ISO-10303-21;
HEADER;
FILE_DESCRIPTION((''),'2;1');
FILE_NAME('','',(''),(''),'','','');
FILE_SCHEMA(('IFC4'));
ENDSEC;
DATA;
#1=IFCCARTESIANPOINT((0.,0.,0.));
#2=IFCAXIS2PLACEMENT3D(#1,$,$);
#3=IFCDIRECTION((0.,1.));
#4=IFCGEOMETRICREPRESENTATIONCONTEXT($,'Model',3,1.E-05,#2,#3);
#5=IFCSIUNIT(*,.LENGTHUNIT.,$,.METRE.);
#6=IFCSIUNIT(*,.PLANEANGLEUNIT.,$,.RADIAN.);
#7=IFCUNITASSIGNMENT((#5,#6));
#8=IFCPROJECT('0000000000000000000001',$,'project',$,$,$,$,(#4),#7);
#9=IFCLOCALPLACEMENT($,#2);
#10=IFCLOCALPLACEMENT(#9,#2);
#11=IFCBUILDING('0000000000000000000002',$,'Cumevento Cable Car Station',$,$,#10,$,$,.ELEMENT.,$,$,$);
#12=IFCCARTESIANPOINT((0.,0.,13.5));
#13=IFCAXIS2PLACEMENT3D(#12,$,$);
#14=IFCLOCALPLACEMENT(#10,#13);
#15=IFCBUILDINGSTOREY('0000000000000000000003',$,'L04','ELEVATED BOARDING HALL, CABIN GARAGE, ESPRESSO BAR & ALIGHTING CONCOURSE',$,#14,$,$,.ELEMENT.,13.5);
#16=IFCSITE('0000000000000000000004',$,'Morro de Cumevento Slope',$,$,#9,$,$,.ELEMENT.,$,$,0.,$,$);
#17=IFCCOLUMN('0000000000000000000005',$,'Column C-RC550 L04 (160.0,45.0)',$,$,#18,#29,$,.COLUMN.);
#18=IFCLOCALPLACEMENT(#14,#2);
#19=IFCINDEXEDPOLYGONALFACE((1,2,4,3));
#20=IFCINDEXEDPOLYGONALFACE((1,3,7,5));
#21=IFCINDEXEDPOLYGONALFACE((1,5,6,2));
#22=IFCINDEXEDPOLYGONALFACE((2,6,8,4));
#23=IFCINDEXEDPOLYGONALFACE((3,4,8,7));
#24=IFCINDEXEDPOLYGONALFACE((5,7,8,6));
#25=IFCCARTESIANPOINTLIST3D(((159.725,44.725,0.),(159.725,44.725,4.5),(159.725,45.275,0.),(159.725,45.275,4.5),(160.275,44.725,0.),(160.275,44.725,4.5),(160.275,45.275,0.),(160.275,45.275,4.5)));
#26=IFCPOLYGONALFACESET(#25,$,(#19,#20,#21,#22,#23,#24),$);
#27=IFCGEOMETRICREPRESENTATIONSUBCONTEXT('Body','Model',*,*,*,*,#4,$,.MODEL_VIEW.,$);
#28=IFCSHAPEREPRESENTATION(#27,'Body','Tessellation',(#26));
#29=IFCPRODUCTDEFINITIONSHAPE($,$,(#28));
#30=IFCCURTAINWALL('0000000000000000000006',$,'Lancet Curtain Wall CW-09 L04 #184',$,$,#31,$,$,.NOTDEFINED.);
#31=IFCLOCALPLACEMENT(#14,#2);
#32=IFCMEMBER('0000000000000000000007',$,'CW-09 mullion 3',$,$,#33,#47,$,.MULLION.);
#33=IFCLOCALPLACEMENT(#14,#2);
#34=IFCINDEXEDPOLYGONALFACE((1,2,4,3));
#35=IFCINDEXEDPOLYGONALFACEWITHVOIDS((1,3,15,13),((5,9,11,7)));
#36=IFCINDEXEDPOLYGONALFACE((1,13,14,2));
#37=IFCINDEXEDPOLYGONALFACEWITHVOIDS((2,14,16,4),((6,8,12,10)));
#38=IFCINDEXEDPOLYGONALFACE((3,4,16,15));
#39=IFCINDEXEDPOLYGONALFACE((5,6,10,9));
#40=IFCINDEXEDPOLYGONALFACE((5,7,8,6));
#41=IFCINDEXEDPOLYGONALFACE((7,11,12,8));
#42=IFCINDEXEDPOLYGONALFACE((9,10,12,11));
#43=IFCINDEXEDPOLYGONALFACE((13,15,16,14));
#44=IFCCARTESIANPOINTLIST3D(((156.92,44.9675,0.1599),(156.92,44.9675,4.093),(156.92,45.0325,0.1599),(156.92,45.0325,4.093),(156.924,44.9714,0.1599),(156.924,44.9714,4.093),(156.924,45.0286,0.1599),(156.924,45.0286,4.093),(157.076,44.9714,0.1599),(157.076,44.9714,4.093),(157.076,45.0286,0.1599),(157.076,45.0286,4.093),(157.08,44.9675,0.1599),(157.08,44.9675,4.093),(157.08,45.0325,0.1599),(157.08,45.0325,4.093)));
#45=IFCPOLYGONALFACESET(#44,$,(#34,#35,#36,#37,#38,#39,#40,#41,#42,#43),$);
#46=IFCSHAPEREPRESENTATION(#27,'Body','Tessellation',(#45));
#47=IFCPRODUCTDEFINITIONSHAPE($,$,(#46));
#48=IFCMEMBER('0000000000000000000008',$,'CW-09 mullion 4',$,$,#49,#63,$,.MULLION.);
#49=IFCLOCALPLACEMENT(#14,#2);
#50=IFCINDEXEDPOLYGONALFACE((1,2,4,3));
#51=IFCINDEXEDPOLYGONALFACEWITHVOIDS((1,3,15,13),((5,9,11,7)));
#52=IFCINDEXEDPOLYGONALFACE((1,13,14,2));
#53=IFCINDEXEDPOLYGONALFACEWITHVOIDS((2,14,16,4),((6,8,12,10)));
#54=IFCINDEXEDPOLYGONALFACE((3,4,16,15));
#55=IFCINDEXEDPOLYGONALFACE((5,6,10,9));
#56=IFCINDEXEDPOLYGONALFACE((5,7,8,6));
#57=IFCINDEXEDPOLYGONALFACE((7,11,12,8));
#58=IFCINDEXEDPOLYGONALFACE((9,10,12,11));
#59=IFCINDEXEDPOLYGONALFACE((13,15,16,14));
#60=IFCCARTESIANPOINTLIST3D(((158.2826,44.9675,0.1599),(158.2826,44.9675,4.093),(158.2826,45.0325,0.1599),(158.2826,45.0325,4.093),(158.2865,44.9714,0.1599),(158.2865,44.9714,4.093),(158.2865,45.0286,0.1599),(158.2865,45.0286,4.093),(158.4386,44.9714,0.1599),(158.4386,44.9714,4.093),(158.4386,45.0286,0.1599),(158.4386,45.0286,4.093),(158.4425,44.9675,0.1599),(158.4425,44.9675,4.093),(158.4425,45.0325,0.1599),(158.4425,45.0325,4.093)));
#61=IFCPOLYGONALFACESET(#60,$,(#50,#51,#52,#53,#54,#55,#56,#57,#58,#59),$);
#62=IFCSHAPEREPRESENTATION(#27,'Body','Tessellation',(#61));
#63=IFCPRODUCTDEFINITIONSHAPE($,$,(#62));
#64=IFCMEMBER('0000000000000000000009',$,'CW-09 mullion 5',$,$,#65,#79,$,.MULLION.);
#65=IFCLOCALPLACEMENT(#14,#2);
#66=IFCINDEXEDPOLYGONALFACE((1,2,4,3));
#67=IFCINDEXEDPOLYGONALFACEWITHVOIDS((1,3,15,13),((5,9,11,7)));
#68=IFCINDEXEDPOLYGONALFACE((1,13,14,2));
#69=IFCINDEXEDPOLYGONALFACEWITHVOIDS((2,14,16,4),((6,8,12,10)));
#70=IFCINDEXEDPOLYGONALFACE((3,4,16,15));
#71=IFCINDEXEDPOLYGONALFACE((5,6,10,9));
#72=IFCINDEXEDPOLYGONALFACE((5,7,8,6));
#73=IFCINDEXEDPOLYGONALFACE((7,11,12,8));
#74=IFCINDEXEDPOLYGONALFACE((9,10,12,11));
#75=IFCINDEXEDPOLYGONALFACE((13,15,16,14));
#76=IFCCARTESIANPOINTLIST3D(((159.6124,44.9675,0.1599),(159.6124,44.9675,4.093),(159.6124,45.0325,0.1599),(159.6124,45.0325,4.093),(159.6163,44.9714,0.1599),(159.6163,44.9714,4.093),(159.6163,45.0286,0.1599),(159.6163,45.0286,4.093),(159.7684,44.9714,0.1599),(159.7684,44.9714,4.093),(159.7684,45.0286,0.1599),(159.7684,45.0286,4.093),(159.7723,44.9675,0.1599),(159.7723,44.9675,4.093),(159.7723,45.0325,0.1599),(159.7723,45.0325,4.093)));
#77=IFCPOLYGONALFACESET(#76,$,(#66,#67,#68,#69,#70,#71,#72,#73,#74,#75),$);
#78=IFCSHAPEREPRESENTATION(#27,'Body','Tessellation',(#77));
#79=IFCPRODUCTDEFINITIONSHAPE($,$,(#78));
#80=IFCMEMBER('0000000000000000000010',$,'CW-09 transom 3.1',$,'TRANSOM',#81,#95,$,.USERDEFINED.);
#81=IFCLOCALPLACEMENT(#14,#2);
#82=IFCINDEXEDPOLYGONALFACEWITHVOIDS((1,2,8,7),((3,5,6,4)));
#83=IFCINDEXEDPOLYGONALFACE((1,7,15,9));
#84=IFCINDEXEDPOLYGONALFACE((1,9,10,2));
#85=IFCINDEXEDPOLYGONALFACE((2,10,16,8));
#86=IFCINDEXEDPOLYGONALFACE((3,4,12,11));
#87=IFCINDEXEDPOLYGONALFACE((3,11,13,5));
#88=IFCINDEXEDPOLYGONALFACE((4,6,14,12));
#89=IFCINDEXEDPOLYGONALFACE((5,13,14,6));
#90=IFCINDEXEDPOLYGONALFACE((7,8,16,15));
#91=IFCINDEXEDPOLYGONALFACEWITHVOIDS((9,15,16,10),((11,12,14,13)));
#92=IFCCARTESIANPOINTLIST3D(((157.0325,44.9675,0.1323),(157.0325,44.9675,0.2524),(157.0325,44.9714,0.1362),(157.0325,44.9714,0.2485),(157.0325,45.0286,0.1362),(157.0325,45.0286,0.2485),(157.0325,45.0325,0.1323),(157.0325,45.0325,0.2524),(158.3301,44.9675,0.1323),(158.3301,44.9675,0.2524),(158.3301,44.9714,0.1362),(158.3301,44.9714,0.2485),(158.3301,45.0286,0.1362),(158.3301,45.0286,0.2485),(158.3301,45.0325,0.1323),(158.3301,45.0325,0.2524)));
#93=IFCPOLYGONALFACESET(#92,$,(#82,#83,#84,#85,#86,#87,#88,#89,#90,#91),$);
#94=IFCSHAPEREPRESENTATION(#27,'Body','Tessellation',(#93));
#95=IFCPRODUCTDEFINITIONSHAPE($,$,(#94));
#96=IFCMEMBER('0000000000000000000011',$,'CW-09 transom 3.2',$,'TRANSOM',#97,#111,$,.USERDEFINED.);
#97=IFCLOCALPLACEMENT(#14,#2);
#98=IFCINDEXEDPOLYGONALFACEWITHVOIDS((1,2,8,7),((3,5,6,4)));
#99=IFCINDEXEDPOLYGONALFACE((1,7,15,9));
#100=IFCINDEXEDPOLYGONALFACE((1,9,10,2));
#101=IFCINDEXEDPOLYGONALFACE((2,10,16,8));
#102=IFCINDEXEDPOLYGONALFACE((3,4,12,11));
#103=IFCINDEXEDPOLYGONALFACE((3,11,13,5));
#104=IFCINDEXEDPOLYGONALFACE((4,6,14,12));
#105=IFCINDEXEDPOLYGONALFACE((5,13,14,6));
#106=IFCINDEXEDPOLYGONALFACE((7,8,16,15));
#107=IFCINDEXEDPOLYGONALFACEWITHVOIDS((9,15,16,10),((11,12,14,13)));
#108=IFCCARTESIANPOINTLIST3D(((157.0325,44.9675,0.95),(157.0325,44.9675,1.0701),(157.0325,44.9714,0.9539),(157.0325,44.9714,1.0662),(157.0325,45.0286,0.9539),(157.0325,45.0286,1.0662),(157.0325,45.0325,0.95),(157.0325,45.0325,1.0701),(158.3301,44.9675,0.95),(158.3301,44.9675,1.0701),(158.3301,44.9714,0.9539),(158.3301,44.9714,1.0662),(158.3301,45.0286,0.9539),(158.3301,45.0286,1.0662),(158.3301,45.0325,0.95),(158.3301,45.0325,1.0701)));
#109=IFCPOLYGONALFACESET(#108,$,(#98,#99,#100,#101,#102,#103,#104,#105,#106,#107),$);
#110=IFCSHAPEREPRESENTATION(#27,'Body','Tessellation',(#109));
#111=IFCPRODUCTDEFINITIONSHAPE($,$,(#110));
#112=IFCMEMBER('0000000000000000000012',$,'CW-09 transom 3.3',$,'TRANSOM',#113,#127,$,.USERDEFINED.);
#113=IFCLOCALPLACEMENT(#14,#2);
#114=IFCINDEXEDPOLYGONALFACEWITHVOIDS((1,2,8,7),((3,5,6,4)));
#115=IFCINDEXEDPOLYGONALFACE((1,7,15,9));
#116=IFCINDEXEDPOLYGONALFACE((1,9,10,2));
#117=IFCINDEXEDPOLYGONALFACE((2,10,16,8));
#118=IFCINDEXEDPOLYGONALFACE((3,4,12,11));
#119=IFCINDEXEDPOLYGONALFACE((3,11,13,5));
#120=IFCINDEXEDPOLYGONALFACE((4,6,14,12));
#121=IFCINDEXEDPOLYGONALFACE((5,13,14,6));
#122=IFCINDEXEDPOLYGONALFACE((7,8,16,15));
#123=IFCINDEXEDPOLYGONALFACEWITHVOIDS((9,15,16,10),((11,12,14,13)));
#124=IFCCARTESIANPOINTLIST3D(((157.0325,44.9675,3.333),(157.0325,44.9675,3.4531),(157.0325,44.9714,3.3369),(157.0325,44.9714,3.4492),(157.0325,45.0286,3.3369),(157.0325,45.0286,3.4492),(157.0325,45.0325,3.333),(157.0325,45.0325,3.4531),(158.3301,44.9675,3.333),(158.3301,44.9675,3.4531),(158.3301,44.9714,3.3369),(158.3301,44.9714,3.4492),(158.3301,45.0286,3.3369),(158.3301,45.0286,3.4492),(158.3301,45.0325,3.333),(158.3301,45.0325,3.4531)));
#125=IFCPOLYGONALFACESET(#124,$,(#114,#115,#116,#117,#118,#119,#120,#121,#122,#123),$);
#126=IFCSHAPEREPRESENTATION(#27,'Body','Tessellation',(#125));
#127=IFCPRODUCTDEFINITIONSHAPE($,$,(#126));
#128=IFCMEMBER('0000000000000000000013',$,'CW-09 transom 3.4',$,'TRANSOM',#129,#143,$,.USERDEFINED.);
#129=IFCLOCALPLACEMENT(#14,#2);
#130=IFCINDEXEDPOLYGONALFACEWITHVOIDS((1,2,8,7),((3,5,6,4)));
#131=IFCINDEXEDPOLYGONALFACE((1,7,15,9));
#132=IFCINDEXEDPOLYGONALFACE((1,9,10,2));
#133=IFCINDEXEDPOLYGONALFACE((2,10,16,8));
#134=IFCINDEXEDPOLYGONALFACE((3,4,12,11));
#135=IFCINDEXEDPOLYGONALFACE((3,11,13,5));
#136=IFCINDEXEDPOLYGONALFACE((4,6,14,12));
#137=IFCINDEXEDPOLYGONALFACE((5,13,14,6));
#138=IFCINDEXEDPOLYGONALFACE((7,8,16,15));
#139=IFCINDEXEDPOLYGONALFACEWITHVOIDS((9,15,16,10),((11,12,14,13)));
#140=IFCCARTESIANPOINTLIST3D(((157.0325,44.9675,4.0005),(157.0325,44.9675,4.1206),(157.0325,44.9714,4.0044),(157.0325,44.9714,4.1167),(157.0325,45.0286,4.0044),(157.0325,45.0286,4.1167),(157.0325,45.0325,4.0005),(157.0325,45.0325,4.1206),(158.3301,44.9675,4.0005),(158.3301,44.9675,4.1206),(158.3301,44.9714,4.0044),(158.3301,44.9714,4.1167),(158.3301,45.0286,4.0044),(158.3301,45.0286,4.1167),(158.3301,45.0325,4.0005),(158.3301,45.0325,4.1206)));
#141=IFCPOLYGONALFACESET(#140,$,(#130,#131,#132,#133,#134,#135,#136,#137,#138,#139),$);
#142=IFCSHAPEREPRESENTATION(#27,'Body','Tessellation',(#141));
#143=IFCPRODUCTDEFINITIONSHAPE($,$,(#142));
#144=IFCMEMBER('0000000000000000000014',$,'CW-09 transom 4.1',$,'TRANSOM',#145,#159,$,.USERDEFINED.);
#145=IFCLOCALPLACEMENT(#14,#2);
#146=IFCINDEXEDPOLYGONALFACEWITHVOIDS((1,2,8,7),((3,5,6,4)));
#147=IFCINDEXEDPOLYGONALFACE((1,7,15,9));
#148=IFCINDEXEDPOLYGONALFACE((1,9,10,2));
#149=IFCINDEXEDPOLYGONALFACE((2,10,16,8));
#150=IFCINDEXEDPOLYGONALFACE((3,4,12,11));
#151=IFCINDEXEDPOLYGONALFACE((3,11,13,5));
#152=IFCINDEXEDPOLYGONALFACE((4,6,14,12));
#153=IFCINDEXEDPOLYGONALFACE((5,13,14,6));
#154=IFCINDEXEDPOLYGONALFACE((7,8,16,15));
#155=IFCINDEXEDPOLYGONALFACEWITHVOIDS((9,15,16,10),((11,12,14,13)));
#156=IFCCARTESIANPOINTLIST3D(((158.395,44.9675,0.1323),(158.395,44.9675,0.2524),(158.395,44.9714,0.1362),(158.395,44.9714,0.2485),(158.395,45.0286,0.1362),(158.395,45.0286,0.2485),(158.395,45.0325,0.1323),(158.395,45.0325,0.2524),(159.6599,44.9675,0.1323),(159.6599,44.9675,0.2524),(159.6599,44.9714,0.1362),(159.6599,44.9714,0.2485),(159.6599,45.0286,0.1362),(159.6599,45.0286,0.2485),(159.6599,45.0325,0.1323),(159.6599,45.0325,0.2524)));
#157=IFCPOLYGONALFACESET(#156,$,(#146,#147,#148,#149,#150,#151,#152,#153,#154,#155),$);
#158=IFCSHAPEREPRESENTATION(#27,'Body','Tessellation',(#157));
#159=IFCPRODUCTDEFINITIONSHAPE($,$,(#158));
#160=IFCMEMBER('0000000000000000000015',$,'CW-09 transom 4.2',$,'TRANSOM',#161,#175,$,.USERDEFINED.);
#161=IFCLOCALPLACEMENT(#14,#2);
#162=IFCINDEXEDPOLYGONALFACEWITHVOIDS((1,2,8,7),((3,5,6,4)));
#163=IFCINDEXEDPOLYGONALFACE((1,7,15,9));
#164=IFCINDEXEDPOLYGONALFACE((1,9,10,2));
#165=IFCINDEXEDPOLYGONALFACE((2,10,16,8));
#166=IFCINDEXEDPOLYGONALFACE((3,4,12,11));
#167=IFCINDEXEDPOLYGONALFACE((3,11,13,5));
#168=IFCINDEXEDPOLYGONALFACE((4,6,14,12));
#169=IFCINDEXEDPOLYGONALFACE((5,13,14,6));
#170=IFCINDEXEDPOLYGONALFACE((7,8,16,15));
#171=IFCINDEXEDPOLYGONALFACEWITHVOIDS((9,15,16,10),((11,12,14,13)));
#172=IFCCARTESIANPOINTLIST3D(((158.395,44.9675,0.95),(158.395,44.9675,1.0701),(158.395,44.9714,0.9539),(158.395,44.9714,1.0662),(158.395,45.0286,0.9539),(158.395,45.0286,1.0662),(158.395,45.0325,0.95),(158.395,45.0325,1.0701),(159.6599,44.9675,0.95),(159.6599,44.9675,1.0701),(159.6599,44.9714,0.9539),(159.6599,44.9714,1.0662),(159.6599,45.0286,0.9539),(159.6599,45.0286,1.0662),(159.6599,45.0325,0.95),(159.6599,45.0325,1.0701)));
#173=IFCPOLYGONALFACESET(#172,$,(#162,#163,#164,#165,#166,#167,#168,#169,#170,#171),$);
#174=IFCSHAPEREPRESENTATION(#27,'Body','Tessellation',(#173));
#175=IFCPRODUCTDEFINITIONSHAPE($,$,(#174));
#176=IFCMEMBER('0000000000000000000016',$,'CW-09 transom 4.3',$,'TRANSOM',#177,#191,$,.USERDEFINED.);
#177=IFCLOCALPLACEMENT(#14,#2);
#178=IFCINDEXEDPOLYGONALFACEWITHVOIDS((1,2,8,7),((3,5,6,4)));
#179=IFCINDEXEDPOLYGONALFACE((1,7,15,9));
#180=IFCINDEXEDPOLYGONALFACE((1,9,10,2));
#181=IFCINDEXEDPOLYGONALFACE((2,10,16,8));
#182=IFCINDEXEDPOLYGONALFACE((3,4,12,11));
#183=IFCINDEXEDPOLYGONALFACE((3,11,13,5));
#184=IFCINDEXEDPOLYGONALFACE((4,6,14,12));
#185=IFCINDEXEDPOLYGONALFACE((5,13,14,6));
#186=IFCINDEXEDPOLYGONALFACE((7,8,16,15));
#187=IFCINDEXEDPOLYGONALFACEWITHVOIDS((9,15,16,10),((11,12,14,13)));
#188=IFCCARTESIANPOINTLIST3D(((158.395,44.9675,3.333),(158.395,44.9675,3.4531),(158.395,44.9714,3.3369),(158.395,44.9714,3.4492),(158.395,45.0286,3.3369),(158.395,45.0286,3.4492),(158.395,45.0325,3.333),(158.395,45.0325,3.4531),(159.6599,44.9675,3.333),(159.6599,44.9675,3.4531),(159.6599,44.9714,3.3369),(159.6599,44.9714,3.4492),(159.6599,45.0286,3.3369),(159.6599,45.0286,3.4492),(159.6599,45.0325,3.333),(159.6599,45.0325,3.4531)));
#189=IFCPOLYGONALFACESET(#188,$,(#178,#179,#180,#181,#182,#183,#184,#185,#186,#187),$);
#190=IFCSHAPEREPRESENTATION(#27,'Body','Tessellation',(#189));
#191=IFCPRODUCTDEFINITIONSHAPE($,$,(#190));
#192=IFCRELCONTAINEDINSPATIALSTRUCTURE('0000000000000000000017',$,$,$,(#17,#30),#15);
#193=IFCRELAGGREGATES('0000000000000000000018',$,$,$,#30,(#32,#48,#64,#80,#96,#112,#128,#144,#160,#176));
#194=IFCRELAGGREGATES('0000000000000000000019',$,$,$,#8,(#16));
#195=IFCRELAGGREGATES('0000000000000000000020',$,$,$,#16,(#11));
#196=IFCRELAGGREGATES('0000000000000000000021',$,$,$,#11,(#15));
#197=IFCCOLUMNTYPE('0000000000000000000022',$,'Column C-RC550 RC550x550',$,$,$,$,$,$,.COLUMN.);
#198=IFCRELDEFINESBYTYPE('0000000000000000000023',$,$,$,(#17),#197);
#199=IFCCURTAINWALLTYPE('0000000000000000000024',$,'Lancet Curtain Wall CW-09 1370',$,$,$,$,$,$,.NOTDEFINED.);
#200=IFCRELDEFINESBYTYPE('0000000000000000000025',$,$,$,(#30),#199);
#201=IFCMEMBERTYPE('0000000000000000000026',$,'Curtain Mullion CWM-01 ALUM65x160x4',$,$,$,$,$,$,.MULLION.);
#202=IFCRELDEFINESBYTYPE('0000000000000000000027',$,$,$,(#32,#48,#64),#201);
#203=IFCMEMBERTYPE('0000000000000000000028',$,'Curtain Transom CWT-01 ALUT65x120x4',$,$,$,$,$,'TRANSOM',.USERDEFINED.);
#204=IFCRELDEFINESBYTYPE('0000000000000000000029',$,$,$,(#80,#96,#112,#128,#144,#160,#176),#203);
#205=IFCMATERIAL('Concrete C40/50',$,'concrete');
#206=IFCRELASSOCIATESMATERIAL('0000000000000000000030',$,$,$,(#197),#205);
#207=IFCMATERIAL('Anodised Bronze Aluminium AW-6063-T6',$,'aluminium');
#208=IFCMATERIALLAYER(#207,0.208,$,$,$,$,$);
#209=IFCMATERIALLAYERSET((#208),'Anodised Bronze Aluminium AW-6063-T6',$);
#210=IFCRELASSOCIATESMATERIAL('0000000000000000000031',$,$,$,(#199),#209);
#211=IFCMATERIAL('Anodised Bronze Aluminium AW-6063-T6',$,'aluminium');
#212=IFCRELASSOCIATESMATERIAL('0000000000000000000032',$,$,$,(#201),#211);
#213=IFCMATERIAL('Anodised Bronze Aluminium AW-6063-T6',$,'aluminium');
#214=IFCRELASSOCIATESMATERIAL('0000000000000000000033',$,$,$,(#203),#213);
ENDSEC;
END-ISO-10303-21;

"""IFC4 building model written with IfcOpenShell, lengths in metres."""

from ifc_helpers import new_model, si_unit, direction, frame, origin, origin_2d, place, context, subcontext, project, spatial, rectangle, hollow_rectangle, extrude, material, layer, layer_set, material_profile, profile_set, type_object, element, aggregate, save


model = new_model("IFC4")

# Units and contexts
model_context = context("Model", 3, precision=1e-05, world=origin(), true_north=direction((0.0, 1.0)))
body_context = subcontext(model_context, "Body", "Model", "MODEL_VIEW")
ifc_project = project(units=[si_unit("LENGTHUNIT", "METRE"), si_unit("PLANEANGLEUNIT", "RADIAN")], contexts=[model_context])

# Site, building, storey
site_placement = place(None, origin())
site = spatial("IfcSite", under=ifc_project, at=site_placement, Name="Morro de Cumevento Slope", CompositionType="ELEMENT", RefElevation=0.0)
building_placement = place(site_placement, origin())
building = spatial("IfcBuilding", under=site, at=building_placement, Name="Cumevento Cable Car Station", CompositionType="ELEMENT")
storey_placement = place(building_placement, frame((0.0, 0.0, 13.5)))
storey = spatial("IfcBuildingStorey", under=building, at=storey_placement, Name="L04", Description="ELEVATED BOARDING HALL, CABIN GARAGE, ESPRESSO BAR & ALIGHTING CONCOURSE", CompositionType="ELEMENT", Elevation=13.5)

# Column
ifc_material_1 = material(Name="Concrete C40/50", Category="concrete")
ifc_material_profile_1 = material_profile(ifc_material_1, rectangle(XDim=0.55, YDim=0.55, at=origin_2d()), Name="RC550x550")
ifc_profile_set_1 = profile_set([ifc_material_profile_1], Name="Concrete C40/50")
column_type = type_object("IfcColumnType", Name="Column C-RC550 RC550x550", PredefinedType="COLUMN", material=ifc_profile_set_1)
column_placement = place(storey_placement, frame((160.0, 45.0, 0.0), z_axis=(0.0, 0.0, 1.0), x_axis=(1.0, 0.0, 0.0)))
element("IfcColumn", 1, at=column_placement, inside=storey, type_object=column_type, Name="Column C-RC550 L04 (160.0,45.0)", PredefinedType="COLUMN", context=body_context, shape_type="SweptSolid", body=[
    extrude(rectangle(XDim=0.55, YDim=0.55, at=origin_2d()), origin(), (0.0, 0.0, 1.0), 4.5),
])

# Curtain wall, members
ifc_material_2 = material(Name="Anodised Bronze Aluminium AW-6063-T6", Category="aluminium")
ifc_layer_1 = layer(ifc_material_2, 0.208)
ifc_layer_set_1 = layer_set([ifc_layer_1], Name="Anodised Bronze Aluminium AW-6063-T6")
curtain_wall_type = type_object("IfcCurtainWallType", Name="Lancet Curtain Wall CW-09 1370", PredefinedType="NOTDEFINED", material=ifc_layer_set_1)
curtain_wall_placement = place(storey_placement, origin())
curtain_wall = element("IfcCurtainWall", 2, at=curtain_wall_placement, inside=storey, type_object=curtain_wall_type, Name="Lancet Curtain Wall CW-09 L04 #184", PredefinedType="NOTDEFINED")
ifc_material_3 = material(Name="Anodised Bronze Aluminium AW-6063-T6", Category="aluminium")
ifc_material_profile_2 = material_profile(ifc_material_3, hollow_rectangle(XDim=0.0649, YDim=0.1599, WallThickness=0.0039, at=origin_2d()), Name="ALUM65x160x4")
ifc_profile_set_2 = profile_set([ifc_material_profile_2], Name="Anodised Bronze Aluminium AW-6063-T6")
member_type_1 = type_object("IfcMemberType", Name="Curtain Mullion CWM-01 ALUM65x160x4", PredefinedType="MULLION", material=ifc_profile_set_2)
member_1_placement = place(storey_placement, frame((157.0, 45.0, 0.1599), z_axis=(0.0, 0.0, 1.0), x_axis=(0.0, 1.0, 0.0)))
member_1 = element("IfcMember", 3, at=member_1_placement, type_object=member_type_1, Name="CW-09 mullion 3", PredefinedType="MULLION", context=body_context, shape_type="SweptSolid", body=[
    extrude(hollow_rectangle(XDim=0.0649, YDim=0.1599, WallThickness=0.0039, at=origin_2d()), origin(), (0.0, 0.0, 1.0), 3.9331),
])
member_2_placement = place(storey_placement, frame((158.3625, 45.0, 0.1599), z_axis=(0.0, 0.0, 1.0), x_axis=(0.0, 1.0, 0.0)))
member_2 = element("IfcMember", 4, at=member_2_placement, type_object=member_type_1, Name="CW-09 mullion 4", PredefinedType="MULLION", context=body_context, shape_type="SweptSolid", body=[
    extrude(hollow_rectangle(XDim=0.0649, YDim=0.1599, WallThickness=0.0039, at=origin_2d()), origin(), (0.0, 0.0, 1.0), 3.9331),
])
member_3_placement = place(storey_placement, frame((159.6924, 45.0, 0.1599), z_axis=(0.0, 0.0, 1.0), x_axis=(0.0, 1.0, 0.0)))
member_3 = element("IfcMember", 5, at=member_3_placement, type_object=member_type_1, Name="CW-09 mullion 5", PredefinedType="MULLION", context=body_context, shape_type="SweptSolid", body=[
    extrude(hollow_rectangle(XDim=0.0649, YDim=0.1599, WallThickness=0.0039, at=origin_2d()), origin(), (0.0, 0.0, 1.0), 3.9331),
])
ifc_material_4 = material(Name="Anodised Bronze Aluminium AW-6063-T6", Category="aluminium")
ifc_material_profile_3 = material_profile(ifc_material_4, hollow_rectangle(XDim=0.0649, YDim=0.1201, WallThickness=0.0039, at=origin_2d()), Name="ALUT65x120x4")
ifc_profile_set_3 = profile_set([ifc_material_profile_3], Name="Anodised Bronze Aluminium AW-6063-T6")
member_type_2 = type_object("IfcMemberType", Name="Curtain Transom CWT-01 ALUT65x120x4", ElementType="TRANSOM", PredefinedType="USERDEFINED", material=ifc_profile_set_3)
member_4_placement = place(storey_placement, frame((157.0325, 45.0, 0.1924), z_axis=(1.0, 0.0, 0.0), x_axis=(0.0, 1.0, 0.0)))
member_4 = element("IfcMember", 6, at=member_4_placement, type_object=member_type_2, Name="CW-09 transom 3.1", ObjectType="TRANSOM", PredefinedType="USERDEFINED", context=body_context, shape_type="SweptSolid", body=[
    extrude(hollow_rectangle(XDim=0.0649, YDim=0.1201, WallThickness=0.0039, at=origin_2d()), origin(), (0.0, 0.0, 1.0), 1.2976),
])
member_5_placement = place(storey_placement, frame((157.0325, 45.0, 1.01), z_axis=(1.0, 0.0, 0.0), x_axis=(0.0, 1.0, 0.0)))
member_5 = element("IfcMember", 7, at=member_5_placement, type_object=member_type_2, Name="CW-09 transom 3.2", ObjectType="TRANSOM", PredefinedType="USERDEFINED", context=body_context, shape_type="SweptSolid", body=[
    extrude(hollow_rectangle(XDim=0.0649, YDim=0.1201, WallThickness=0.0039, at=origin_2d()), origin(), (0.0, 0.0, 1.0), 1.2976),
])
member_6_placement = place(storey_placement, frame((157.0325, 45.0, 3.3931), z_axis=(1.0, 0.0, 0.0), x_axis=(0.0, 1.0, 0.0)))
member_6 = element("IfcMember", 8, at=member_6_placement, type_object=member_type_2, Name="CW-09 transom 3.3", ObjectType="TRANSOM", PredefinedType="USERDEFINED", context=body_context, shape_type="SweptSolid", body=[
    extrude(hollow_rectangle(XDim=0.0649, YDim=0.1201, WallThickness=0.0039, at=origin_2d()), origin(), (0.0, 0.0, 1.0), 1.2976),
])
member_7_placement = place(storey_placement, frame((157.0325, 45.0, 4.0605), z_axis=(1.0, 0.0, 0.0), x_axis=(0.0, 1.0, 0.0)))
member_7 = element("IfcMember", 9, at=member_7_placement, type_object=member_type_2, Name="CW-09 transom 3.4", ObjectType="TRANSOM", PredefinedType="USERDEFINED", context=body_context, shape_type="SweptSolid", body=[
    extrude(hollow_rectangle(XDim=0.0649, YDim=0.1201, WallThickness=0.0039, at=origin_2d()), origin(), (0.0, 0.0, 1.0), 1.2976),
])
member_8_placement = place(storey_placement, frame((158.395, 45.0, 0.1924), z_axis=(1.0, 0.0, 0.0), x_axis=(0.0, 1.0, 0.0)))
member_8 = element("IfcMember", 10, at=member_8_placement, type_object=member_type_2, Name="CW-09 transom 4.1", ObjectType="TRANSOM", PredefinedType="USERDEFINED", context=body_context, shape_type="SweptSolid", body=[
    extrude(hollow_rectangle(XDim=0.0649, YDim=0.1201, WallThickness=0.0039, at=origin_2d()), origin(), (0.0, 0.0, 1.0), 1.2649),
])
member_9_placement = place(storey_placement, frame((158.395, 45.0, 1.01), z_axis=(1.0, 0.0, 0.0), x_axis=(0.0, 1.0, 0.0)))
member_9 = element("IfcMember", 11, at=member_9_placement, type_object=member_type_2, Name="CW-09 transom 4.2", ObjectType="TRANSOM", PredefinedType="USERDEFINED", context=body_context, shape_type="SweptSolid", body=[
    extrude(hollow_rectangle(XDim=0.0649, YDim=0.1201, WallThickness=0.0039, at=origin_2d()), origin(), (0.0, 0.0, 1.0), 1.2649),
])
member_10_placement = place(storey_placement, frame((158.395, 45.0, 3.3931), z_axis=(1.0, 0.0, 0.0), x_axis=(0.0, 1.0, 0.0)))
member_10 = element("IfcMember", 12, at=member_10_placement, type_object=member_type_2, Name="CW-09 transom 4.3", ObjectType="TRANSOM", PredefinedType="USERDEFINED", context=body_context, shape_type="SweptSolid", body=[
    extrude(hollow_rectangle(XDim=0.0649, YDim=0.1201, WallThickness=0.0039, at=origin_2d()), origin(), (0.0, 0.0, 1.0), 1.2649),
])
aggregate(curtain_wall, [member_1, member_2, member_3, member_4, member_5, member_6, member_7, member_8, member_9, member_10])

save(model, "model.ifc")
